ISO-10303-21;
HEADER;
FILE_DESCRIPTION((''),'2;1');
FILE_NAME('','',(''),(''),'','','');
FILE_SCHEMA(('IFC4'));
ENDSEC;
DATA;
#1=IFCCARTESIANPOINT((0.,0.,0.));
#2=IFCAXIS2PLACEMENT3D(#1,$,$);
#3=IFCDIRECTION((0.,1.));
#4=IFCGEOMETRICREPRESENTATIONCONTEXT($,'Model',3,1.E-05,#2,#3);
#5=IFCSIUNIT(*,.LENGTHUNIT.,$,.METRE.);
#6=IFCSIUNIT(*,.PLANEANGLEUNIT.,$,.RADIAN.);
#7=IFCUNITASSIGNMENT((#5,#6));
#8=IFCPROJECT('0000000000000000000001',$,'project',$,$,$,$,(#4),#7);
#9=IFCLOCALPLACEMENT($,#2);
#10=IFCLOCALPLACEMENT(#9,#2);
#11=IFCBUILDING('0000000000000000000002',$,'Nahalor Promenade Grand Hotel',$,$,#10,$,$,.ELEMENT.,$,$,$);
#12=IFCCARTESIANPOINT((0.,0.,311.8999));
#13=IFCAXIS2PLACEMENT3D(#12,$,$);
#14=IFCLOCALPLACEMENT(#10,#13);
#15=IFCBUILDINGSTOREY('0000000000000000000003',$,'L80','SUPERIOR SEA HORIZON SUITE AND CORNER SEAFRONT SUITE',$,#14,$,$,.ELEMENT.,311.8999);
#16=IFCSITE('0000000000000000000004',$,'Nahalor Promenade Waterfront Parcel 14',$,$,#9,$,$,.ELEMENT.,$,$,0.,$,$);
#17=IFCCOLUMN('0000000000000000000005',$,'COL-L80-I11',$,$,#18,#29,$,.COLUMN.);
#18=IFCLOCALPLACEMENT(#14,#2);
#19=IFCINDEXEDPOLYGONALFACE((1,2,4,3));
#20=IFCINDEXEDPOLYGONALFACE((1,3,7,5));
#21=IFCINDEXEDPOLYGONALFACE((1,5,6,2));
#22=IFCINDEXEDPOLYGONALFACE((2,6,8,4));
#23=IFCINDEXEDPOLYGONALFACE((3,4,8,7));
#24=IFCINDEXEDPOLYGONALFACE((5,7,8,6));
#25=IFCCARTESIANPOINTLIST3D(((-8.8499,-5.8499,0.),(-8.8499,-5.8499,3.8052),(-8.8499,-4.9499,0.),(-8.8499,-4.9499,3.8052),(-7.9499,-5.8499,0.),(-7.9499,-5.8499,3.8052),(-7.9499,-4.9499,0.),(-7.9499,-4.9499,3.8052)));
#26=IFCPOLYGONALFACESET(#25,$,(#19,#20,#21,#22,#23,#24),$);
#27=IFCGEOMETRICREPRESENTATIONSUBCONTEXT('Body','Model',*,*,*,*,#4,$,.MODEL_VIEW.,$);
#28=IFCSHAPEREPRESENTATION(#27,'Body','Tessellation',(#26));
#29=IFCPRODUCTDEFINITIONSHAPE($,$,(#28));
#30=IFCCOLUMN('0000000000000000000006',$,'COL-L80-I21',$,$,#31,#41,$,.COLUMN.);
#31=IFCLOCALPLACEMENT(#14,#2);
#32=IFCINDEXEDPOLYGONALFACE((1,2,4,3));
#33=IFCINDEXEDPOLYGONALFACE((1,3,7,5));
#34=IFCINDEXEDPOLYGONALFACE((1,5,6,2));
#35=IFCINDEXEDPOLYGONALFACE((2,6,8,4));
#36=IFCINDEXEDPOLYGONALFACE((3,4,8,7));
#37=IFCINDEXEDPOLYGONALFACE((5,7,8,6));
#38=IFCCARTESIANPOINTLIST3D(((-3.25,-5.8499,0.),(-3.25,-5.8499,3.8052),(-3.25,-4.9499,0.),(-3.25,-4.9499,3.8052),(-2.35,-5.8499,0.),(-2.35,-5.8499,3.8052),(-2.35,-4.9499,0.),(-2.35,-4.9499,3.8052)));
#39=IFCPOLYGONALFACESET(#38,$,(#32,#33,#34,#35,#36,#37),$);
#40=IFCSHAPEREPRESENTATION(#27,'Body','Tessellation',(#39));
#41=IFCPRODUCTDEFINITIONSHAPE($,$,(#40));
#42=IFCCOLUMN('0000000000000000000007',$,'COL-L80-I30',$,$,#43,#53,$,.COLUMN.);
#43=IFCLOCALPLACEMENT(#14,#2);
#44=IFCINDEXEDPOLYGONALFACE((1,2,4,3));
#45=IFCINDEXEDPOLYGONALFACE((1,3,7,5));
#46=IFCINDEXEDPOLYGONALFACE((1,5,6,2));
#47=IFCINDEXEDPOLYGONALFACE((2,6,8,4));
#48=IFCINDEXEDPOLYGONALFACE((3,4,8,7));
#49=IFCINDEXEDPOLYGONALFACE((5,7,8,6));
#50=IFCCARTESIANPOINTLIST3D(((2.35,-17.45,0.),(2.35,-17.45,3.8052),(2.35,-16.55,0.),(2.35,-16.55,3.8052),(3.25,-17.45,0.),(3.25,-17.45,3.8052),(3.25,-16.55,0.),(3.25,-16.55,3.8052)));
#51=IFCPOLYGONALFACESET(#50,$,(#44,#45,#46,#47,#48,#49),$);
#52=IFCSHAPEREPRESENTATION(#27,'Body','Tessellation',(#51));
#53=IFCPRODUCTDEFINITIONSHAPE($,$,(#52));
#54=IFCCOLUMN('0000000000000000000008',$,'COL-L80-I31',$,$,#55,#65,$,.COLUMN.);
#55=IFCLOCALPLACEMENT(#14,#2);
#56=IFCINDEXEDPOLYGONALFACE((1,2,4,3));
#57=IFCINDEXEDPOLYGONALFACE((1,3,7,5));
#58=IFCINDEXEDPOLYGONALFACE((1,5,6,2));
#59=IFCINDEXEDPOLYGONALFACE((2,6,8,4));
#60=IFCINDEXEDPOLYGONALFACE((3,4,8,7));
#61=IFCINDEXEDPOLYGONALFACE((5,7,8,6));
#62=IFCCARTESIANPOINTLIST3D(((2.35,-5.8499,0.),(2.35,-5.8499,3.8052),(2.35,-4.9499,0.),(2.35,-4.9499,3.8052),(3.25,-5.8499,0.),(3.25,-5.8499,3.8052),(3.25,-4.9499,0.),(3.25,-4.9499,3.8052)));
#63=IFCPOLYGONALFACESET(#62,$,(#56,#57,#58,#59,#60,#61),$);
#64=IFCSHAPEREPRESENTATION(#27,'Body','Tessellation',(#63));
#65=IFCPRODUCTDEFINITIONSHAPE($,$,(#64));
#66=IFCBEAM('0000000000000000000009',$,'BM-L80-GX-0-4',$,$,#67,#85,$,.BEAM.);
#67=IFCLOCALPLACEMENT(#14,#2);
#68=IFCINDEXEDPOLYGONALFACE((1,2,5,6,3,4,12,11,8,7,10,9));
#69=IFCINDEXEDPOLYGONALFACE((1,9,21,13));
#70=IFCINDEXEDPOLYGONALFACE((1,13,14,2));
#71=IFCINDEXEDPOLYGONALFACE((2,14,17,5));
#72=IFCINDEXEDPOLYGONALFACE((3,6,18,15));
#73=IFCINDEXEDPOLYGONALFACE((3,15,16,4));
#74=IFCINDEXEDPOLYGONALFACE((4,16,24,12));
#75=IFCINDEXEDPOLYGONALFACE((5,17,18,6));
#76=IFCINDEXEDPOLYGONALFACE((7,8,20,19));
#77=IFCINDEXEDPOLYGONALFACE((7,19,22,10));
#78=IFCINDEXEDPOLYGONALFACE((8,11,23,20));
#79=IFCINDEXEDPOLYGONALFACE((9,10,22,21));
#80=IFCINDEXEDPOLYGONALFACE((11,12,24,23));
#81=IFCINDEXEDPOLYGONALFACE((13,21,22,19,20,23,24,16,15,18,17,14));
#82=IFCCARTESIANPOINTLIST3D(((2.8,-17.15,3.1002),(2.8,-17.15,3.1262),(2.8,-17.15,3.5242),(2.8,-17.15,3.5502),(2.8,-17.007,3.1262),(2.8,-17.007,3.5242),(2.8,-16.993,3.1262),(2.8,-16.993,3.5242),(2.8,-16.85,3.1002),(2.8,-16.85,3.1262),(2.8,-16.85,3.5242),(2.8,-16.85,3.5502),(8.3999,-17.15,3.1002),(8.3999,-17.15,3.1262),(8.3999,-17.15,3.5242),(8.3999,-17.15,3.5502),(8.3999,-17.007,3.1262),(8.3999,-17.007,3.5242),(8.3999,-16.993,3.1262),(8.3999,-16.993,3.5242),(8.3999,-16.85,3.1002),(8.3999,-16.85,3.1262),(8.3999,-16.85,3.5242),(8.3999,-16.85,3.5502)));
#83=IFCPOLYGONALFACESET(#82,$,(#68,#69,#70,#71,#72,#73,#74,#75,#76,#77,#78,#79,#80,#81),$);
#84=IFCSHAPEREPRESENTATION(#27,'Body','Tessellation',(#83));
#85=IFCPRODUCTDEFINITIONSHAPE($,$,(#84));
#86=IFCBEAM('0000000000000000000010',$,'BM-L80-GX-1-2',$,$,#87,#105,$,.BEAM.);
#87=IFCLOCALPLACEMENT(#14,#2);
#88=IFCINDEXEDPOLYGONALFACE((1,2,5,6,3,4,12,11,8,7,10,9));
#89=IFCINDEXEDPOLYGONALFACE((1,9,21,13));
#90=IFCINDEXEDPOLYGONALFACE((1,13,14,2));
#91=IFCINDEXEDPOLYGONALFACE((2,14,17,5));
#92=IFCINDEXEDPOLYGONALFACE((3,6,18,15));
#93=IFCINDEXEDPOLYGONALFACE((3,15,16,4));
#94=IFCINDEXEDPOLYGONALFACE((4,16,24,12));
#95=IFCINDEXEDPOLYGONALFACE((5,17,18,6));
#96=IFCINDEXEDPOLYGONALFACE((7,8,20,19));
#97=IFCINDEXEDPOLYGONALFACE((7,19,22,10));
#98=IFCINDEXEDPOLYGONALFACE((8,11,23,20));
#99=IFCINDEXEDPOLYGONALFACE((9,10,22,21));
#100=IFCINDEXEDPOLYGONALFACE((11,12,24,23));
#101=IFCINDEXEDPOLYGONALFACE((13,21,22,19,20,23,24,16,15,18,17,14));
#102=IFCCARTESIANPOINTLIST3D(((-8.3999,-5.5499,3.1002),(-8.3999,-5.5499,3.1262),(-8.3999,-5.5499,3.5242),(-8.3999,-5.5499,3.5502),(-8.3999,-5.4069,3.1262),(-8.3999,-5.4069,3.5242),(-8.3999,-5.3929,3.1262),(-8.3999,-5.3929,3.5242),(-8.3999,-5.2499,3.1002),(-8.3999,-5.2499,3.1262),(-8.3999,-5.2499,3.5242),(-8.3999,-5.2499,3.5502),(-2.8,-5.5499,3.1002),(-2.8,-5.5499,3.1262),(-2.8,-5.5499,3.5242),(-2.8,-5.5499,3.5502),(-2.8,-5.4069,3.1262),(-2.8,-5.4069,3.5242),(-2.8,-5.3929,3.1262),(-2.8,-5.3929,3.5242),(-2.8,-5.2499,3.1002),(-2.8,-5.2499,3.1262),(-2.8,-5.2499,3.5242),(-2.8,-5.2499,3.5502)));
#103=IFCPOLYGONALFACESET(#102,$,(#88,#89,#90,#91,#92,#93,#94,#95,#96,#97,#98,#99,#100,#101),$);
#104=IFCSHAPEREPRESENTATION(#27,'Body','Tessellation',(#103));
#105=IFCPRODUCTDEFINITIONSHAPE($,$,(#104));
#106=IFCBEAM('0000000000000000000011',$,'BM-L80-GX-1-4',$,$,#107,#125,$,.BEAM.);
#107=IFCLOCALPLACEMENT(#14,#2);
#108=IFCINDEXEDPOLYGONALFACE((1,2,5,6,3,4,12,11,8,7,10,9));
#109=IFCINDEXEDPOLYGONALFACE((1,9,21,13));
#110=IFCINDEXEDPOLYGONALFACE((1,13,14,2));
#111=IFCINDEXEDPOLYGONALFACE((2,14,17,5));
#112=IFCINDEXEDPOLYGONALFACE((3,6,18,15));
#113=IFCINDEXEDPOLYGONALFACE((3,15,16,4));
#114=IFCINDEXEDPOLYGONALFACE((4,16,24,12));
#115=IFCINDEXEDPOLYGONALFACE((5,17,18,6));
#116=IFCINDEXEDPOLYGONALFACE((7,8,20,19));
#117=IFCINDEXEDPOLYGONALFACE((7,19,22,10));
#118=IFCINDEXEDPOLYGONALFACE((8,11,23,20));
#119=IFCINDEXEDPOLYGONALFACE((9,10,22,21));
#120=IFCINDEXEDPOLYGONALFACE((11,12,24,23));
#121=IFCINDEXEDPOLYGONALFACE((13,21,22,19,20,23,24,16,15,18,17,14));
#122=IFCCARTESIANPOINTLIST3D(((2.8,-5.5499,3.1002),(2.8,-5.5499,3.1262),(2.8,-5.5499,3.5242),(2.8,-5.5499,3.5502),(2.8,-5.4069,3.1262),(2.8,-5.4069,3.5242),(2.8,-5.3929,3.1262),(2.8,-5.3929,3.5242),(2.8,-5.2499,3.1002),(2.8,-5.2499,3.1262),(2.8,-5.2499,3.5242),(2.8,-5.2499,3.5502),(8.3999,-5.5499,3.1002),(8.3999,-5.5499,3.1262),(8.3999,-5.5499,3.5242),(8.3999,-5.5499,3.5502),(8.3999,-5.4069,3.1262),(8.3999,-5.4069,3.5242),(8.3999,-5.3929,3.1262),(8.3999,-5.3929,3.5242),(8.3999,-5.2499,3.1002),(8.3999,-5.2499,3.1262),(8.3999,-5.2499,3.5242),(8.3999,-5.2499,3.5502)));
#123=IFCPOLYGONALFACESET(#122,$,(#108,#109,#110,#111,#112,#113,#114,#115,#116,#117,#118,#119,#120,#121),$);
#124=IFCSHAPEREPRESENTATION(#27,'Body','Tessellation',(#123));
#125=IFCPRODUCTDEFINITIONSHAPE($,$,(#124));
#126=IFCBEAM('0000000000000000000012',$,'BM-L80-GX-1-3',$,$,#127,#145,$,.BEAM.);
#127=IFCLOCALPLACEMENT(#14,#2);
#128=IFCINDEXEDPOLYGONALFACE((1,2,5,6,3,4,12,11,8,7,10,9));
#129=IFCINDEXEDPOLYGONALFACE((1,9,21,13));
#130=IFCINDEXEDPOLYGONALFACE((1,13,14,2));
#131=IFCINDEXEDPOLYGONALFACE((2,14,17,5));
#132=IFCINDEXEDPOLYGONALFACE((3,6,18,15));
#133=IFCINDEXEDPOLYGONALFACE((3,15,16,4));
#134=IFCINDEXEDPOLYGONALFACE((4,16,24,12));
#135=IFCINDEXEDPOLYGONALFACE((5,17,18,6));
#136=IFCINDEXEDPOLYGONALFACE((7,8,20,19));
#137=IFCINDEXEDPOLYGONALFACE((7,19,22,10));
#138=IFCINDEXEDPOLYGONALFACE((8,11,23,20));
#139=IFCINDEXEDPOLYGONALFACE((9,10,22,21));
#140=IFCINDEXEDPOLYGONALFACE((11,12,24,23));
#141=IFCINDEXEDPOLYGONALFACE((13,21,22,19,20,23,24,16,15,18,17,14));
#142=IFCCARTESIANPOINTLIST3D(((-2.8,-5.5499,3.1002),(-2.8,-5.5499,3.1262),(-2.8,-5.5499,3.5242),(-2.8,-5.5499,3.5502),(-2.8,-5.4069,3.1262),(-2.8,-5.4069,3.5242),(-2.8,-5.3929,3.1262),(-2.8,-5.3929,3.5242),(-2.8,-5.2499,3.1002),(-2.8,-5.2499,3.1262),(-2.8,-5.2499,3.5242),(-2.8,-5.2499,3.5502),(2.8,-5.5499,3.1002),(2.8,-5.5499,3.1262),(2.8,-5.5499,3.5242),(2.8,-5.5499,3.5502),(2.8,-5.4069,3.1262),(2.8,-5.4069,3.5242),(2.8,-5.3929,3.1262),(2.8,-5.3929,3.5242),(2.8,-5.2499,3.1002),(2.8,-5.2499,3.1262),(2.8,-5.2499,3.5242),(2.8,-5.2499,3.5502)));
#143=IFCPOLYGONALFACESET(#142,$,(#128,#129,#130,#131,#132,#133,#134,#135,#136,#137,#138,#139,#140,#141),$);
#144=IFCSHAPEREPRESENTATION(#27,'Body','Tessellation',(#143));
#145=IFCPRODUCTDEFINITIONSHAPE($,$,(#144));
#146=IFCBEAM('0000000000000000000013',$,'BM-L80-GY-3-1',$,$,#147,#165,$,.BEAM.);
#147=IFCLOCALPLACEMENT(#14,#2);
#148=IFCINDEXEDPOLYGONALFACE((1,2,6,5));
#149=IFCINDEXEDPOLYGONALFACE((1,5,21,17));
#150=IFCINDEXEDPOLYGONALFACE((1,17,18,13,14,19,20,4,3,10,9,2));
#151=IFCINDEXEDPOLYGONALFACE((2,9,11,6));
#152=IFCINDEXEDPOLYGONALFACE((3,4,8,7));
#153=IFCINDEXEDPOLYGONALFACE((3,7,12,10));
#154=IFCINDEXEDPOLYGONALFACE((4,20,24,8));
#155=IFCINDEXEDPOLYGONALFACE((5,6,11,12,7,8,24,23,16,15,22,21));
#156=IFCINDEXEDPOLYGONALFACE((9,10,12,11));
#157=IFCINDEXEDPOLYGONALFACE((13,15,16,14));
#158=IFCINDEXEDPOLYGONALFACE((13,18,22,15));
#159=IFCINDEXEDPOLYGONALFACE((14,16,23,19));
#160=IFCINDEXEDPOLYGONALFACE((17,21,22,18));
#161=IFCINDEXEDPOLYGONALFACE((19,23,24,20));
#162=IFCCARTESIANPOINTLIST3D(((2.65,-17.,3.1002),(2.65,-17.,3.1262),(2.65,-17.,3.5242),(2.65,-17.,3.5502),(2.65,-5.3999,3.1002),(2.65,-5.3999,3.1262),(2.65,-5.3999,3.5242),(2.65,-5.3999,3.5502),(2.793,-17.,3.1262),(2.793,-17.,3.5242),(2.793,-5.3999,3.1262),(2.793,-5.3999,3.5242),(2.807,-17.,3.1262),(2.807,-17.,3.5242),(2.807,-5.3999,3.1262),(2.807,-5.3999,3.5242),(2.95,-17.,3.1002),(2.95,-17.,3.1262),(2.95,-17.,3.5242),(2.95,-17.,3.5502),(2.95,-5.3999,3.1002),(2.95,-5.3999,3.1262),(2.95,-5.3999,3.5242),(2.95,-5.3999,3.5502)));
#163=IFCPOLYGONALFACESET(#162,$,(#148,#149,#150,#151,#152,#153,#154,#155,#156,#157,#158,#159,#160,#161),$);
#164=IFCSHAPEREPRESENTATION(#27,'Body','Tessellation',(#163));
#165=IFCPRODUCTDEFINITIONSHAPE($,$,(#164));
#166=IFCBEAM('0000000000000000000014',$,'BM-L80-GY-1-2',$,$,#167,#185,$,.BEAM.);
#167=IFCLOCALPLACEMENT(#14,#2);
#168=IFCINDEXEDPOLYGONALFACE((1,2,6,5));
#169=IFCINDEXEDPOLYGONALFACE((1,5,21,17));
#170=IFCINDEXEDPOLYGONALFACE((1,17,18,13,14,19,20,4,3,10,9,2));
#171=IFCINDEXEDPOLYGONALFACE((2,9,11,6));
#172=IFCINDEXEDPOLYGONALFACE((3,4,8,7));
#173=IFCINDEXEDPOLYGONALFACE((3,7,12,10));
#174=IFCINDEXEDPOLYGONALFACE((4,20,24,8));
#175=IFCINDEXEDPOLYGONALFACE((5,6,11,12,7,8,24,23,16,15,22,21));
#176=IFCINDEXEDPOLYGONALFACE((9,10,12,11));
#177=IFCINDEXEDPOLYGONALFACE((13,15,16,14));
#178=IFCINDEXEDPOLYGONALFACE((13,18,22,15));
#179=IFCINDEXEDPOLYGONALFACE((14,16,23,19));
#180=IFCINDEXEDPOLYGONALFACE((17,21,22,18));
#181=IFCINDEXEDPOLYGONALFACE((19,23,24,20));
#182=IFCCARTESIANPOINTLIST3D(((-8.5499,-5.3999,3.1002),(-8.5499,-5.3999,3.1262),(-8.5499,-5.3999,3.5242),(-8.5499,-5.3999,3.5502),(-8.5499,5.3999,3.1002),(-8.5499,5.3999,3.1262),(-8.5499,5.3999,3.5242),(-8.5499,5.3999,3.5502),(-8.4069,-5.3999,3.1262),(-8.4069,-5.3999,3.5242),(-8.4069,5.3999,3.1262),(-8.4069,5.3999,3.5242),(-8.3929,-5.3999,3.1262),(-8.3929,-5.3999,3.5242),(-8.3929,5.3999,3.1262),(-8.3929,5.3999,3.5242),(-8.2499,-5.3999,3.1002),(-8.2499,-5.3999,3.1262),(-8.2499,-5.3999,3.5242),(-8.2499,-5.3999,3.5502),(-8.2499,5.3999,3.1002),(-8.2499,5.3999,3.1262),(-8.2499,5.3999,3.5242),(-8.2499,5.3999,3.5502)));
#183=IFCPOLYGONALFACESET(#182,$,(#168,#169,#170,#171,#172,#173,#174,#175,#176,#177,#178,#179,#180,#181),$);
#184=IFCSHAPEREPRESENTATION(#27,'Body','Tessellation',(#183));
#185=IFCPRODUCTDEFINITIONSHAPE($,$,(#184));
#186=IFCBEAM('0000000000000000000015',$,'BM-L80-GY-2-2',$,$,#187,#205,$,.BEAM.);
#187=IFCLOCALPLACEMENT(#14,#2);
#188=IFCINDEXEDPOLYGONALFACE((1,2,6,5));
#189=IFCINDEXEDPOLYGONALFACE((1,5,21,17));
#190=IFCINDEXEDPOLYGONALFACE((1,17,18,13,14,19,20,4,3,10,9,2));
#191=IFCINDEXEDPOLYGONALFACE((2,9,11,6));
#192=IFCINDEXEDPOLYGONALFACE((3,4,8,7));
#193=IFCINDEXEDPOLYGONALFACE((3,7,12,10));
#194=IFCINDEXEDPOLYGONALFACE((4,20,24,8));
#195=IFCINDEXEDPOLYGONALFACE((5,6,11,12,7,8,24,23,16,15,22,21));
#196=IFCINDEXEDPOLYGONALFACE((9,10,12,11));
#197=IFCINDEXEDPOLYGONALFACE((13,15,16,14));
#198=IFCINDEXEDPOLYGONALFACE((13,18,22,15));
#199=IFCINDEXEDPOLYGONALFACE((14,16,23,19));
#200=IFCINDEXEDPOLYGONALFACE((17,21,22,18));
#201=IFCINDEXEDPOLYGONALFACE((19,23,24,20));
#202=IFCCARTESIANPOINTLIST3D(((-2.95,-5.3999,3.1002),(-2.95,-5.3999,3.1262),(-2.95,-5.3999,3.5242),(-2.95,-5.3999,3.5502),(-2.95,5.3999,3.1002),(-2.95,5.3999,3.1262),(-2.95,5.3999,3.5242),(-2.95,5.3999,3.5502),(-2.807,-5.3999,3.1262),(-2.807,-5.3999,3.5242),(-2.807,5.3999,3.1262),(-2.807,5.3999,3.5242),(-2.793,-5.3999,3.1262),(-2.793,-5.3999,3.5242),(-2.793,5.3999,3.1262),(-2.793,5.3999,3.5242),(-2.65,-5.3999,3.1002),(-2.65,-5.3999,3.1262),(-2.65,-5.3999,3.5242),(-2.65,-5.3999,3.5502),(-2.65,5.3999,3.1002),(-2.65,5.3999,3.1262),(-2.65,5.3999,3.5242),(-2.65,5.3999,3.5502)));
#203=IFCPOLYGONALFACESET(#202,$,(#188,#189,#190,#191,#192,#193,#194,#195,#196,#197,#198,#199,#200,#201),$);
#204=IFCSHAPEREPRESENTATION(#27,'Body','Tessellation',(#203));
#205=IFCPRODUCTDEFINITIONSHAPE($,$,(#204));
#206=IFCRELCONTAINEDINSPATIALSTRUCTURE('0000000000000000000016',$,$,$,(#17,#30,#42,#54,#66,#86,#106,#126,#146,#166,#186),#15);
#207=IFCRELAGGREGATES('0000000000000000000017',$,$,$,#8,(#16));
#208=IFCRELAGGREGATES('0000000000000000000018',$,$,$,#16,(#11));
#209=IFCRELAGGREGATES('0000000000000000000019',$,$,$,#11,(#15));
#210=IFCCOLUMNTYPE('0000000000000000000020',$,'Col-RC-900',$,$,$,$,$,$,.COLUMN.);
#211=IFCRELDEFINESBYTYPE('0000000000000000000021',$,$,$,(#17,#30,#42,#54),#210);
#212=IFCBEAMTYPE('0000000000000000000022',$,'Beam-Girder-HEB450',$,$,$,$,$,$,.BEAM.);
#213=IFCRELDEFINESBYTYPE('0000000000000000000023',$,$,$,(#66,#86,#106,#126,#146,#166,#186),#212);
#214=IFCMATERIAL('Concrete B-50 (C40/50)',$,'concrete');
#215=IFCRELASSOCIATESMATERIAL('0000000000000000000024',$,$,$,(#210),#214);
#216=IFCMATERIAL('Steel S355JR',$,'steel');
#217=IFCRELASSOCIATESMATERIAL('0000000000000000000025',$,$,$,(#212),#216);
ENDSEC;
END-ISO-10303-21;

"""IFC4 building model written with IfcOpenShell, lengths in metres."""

from ifc_helpers import new_model, si_unit, direction, frame, origin, origin_2d, place, context, subcontext, project, spatial, rectangle, i_section, extrude, source, transform, mapped, material, material_profile, profile_set, type_object, element, save


model = new_model("IFC4")

# Units and contexts
model_context = context("Model", 3, precision=1e-05, world=origin(), true_north=direction((0.0, 1.0)))
body_context = subcontext(model_context, "Body", "Model", "MODEL_VIEW")
ifc_project = project(units=[si_unit("LENGTHUNIT", "METRE"), si_unit("PLANEANGLEUNIT", "RADIAN")], contexts=[model_context])

# Site, building, storey
site_placement = place(None, origin())
site = spatial("IfcSite", under=ifc_project, at=site_placement, Name="Nahalor Promenade Waterfront Parcel 14", CompositionType="ELEMENT", RefElevation=0.0)
building_placement = place(site_placement, origin())
building = spatial("IfcBuilding", under=site, at=building_placement, Name="Nahalor Promenade Grand Hotel", CompositionType="ELEMENT")
storey_placement = place(building_placement, frame((0.0, 0.0, 311.8999)))
storey = spatial("IfcBuildingStorey", under=building, at=storey_placement, Name="L80", Description="SUPERIOR SEA HORIZON SUITE AND CORNER SEAFRONT SUITE", CompositionType="ELEMENT", Elevation=311.8999)

# Columns
ifc_material_1 = material(Name="Concrete B-50 (C40/50)", Category="concrete")
ifc_material_profile_1 = material_profile(ifc_material_1, rectangle(XDim=0.9, YDim=0.9, at=origin_2d()), Name="RC 900x900")
ifc_profile_set_1 = profile_set([ifc_material_profile_1], Name="Concrete B-50 (C40/50)")
column_type = type_object("IfcColumnType", Name="Col-RC-900", PredefinedType="COLUMN", material=ifc_profile_set_1)
shared_shape_1 = source(origin(), body_context, "Body", "SweptSolid", [
    extrude(rectangle(XDim=0.9, YDim=0.9, at=origin_2d()), origin(), (0.0, 0.0, 1.0), 3.8052),
])
for number, where, z_axis, x_axis, name in (
    (1, (-8.3999, -5.3999, 0.0), (0.0, 0.0, 1.0), (1.0, 0.0, 0.0), "COL-L80-I11"),
    (2, (-2.8, -5.3999, 0.0), (0.0, 0.0, 1.0), (1.0, 0.0, 0.0), "COL-L80-I21"),
    (3, (2.8, -17.0, 0.0), (0.0, 0.0, 1.0), (1.0, 0.0, 0.0), "COL-L80-I30"),
    (4, (2.8, -5.3999, 0.0), (0.0, 0.0, 1.0), (1.0, 0.0, 0.0), "COL-L80-I31"),
):
    element("IfcColumn", number, at=place(storey_placement, frame(where, z_axis=z_axis, x_axis=x_axis)), inside=storey, type_object=column_type, Name=name, PredefinedType="COLUMN", context=body_context, shape_type="MappedRepresentation", body=[
        mapped(shared_shape_1, transform((0.0, 0.0, 0.0), scale=1.0)),
    ])

# Beams
ifc_material_2 = material(Name="Steel S355JR", Category="steel")
ifc_material_profile_2 = material_profile(ifc_material_2, i_section(OverallWidth=0.3, OverallDepth=0.45, WebThickness=0.014, FlangeThickness=0.026, at=origin_2d()), Name="HEB 450")
ifc_profile_set_2 = profile_set([ifc_material_profile_2], Name="Steel S355JR")
beam_type = type_object("IfcBeamType", Name="Beam-Girder-HEB450", PredefinedType="BEAM", material=ifc_profile_set_2)
shared_shape_2 = source(origin(), body_context, "Body", "SweptSolid", [
    extrude(i_section(OverallWidth=0.3, OverallDepth=0.45, WebThickness=0.014, FlangeThickness=0.026, at=origin_2d()), origin(), (0.0, 0.0, 1.0), 5.5999),
])
for number, where, z_axis, x_axis, name in (
    (5, (2.8, -17.0, 3.3252), (1.0, 0.0, 0.0), (0.0, 1.0, 0.0), "BM-L80-GX-0-4"),
    (6, (-8.3999, -5.3999, 3.3252), (1.0, 0.0, 0.0), (0.0, 1.0, 0.0), "BM-L80-GX-1-2"),
    (7, (2.8, -5.3999, 3.3252), (1.0, 0.0, 0.0), (0.0, 1.0, 0.0), "BM-L80-GX-1-4"),
):
    element("IfcBeam", number, at=place(storey_placement, frame(where, z_axis=z_axis, x_axis=x_axis)), inside=storey, type_object=beam_type, Name=name, PredefinedType="BEAM", context=body_context, shape_type="MappedRepresentation", body=[
        mapped(shared_shape_2, transform((0.0, 0.0, 0.0), scale=1.0)),
    ])
shared_shape_3 = source(origin(), body_context, "Body", "SweptSolid", [
    extrude(i_section(OverallWidth=0.3, OverallDepth=0.45, WebThickness=0.014, FlangeThickness=0.026, at=origin_2d()), origin(), (0.0, 0.0, 1.0), 5.6001),
])
beam_1_placement = place(storey_placement, frame((-2.8, -5.3999, 3.3252), z_axis=(1.0, 0.0, 0.0), x_axis=(0.0, 1.0, 0.0)))
element("IfcBeam", 8, at=beam_1_placement, inside=storey, type_object=beam_type, Name="BM-L80-GX-1-3", PredefinedType="BEAM", context=body_context, shape_type="MappedRepresentation", body=[
    mapped(shared_shape_3, transform((0.0, 0.0, 0.0), scale=1.0)),
])
shared_shape_4 = source(origin(), body_context, "Body", "SweptSolid", [
    extrude(i_section(OverallWidth=0.3, OverallDepth=0.45, WebThickness=0.014, FlangeThickness=0.026, at=origin_2d()), origin(), (0.0, 0.0, 1.0), 11.6001),
])
beam_2_placement = place(storey_placement, frame((2.8, -17.0, 3.3252), z_axis=(0.0, 1.0, 0.0), x_axis=(-1.0, 0.0, 0.0)))
element("IfcBeam", 9, at=beam_2_placement, inside=storey, type_object=beam_type, Name="BM-L80-GY-3-1", PredefinedType="BEAM", context=body_context, shape_type="MappedRepresentation", body=[
    mapped(shared_shape_4, transform((0.0, 0.0, 0.0), scale=1.0)),
])
shared_shape_5 = source(origin(), body_context, "Body", "SweptSolid", [
    extrude(i_section(OverallWidth=0.3, OverallDepth=0.45, WebThickness=0.014, FlangeThickness=0.026, at=origin_2d()), origin(), (0.0, 0.0, 1.0), 10.7998),
])
for number, where, z_axis, x_axis, name in (
    (10, (-8.3999, -5.3999, 3.3252), (0.0, 1.0, 0.0), (-1.0, 0.0, 0.0), "BM-L80-GY-1-2"),
    (11, (-2.8, -5.3999, 3.3252), (0.0, 1.0, 0.0), (-1.0, 0.0, 0.0), "BM-L80-GY-2-2"),
):
    element("IfcBeam", number, at=place(storey_placement, frame(where, z_axis=z_axis, x_axis=x_axis)), inside=storey, type_object=beam_type, Name=name, PredefinedType="BEAM", context=body_context, shape_type="MappedRepresentation", body=[
        mapped(shared_shape_5, transform((0.0, 0.0, 0.0), scale=1.0)),
    ])

save(model, "model.ifc")
